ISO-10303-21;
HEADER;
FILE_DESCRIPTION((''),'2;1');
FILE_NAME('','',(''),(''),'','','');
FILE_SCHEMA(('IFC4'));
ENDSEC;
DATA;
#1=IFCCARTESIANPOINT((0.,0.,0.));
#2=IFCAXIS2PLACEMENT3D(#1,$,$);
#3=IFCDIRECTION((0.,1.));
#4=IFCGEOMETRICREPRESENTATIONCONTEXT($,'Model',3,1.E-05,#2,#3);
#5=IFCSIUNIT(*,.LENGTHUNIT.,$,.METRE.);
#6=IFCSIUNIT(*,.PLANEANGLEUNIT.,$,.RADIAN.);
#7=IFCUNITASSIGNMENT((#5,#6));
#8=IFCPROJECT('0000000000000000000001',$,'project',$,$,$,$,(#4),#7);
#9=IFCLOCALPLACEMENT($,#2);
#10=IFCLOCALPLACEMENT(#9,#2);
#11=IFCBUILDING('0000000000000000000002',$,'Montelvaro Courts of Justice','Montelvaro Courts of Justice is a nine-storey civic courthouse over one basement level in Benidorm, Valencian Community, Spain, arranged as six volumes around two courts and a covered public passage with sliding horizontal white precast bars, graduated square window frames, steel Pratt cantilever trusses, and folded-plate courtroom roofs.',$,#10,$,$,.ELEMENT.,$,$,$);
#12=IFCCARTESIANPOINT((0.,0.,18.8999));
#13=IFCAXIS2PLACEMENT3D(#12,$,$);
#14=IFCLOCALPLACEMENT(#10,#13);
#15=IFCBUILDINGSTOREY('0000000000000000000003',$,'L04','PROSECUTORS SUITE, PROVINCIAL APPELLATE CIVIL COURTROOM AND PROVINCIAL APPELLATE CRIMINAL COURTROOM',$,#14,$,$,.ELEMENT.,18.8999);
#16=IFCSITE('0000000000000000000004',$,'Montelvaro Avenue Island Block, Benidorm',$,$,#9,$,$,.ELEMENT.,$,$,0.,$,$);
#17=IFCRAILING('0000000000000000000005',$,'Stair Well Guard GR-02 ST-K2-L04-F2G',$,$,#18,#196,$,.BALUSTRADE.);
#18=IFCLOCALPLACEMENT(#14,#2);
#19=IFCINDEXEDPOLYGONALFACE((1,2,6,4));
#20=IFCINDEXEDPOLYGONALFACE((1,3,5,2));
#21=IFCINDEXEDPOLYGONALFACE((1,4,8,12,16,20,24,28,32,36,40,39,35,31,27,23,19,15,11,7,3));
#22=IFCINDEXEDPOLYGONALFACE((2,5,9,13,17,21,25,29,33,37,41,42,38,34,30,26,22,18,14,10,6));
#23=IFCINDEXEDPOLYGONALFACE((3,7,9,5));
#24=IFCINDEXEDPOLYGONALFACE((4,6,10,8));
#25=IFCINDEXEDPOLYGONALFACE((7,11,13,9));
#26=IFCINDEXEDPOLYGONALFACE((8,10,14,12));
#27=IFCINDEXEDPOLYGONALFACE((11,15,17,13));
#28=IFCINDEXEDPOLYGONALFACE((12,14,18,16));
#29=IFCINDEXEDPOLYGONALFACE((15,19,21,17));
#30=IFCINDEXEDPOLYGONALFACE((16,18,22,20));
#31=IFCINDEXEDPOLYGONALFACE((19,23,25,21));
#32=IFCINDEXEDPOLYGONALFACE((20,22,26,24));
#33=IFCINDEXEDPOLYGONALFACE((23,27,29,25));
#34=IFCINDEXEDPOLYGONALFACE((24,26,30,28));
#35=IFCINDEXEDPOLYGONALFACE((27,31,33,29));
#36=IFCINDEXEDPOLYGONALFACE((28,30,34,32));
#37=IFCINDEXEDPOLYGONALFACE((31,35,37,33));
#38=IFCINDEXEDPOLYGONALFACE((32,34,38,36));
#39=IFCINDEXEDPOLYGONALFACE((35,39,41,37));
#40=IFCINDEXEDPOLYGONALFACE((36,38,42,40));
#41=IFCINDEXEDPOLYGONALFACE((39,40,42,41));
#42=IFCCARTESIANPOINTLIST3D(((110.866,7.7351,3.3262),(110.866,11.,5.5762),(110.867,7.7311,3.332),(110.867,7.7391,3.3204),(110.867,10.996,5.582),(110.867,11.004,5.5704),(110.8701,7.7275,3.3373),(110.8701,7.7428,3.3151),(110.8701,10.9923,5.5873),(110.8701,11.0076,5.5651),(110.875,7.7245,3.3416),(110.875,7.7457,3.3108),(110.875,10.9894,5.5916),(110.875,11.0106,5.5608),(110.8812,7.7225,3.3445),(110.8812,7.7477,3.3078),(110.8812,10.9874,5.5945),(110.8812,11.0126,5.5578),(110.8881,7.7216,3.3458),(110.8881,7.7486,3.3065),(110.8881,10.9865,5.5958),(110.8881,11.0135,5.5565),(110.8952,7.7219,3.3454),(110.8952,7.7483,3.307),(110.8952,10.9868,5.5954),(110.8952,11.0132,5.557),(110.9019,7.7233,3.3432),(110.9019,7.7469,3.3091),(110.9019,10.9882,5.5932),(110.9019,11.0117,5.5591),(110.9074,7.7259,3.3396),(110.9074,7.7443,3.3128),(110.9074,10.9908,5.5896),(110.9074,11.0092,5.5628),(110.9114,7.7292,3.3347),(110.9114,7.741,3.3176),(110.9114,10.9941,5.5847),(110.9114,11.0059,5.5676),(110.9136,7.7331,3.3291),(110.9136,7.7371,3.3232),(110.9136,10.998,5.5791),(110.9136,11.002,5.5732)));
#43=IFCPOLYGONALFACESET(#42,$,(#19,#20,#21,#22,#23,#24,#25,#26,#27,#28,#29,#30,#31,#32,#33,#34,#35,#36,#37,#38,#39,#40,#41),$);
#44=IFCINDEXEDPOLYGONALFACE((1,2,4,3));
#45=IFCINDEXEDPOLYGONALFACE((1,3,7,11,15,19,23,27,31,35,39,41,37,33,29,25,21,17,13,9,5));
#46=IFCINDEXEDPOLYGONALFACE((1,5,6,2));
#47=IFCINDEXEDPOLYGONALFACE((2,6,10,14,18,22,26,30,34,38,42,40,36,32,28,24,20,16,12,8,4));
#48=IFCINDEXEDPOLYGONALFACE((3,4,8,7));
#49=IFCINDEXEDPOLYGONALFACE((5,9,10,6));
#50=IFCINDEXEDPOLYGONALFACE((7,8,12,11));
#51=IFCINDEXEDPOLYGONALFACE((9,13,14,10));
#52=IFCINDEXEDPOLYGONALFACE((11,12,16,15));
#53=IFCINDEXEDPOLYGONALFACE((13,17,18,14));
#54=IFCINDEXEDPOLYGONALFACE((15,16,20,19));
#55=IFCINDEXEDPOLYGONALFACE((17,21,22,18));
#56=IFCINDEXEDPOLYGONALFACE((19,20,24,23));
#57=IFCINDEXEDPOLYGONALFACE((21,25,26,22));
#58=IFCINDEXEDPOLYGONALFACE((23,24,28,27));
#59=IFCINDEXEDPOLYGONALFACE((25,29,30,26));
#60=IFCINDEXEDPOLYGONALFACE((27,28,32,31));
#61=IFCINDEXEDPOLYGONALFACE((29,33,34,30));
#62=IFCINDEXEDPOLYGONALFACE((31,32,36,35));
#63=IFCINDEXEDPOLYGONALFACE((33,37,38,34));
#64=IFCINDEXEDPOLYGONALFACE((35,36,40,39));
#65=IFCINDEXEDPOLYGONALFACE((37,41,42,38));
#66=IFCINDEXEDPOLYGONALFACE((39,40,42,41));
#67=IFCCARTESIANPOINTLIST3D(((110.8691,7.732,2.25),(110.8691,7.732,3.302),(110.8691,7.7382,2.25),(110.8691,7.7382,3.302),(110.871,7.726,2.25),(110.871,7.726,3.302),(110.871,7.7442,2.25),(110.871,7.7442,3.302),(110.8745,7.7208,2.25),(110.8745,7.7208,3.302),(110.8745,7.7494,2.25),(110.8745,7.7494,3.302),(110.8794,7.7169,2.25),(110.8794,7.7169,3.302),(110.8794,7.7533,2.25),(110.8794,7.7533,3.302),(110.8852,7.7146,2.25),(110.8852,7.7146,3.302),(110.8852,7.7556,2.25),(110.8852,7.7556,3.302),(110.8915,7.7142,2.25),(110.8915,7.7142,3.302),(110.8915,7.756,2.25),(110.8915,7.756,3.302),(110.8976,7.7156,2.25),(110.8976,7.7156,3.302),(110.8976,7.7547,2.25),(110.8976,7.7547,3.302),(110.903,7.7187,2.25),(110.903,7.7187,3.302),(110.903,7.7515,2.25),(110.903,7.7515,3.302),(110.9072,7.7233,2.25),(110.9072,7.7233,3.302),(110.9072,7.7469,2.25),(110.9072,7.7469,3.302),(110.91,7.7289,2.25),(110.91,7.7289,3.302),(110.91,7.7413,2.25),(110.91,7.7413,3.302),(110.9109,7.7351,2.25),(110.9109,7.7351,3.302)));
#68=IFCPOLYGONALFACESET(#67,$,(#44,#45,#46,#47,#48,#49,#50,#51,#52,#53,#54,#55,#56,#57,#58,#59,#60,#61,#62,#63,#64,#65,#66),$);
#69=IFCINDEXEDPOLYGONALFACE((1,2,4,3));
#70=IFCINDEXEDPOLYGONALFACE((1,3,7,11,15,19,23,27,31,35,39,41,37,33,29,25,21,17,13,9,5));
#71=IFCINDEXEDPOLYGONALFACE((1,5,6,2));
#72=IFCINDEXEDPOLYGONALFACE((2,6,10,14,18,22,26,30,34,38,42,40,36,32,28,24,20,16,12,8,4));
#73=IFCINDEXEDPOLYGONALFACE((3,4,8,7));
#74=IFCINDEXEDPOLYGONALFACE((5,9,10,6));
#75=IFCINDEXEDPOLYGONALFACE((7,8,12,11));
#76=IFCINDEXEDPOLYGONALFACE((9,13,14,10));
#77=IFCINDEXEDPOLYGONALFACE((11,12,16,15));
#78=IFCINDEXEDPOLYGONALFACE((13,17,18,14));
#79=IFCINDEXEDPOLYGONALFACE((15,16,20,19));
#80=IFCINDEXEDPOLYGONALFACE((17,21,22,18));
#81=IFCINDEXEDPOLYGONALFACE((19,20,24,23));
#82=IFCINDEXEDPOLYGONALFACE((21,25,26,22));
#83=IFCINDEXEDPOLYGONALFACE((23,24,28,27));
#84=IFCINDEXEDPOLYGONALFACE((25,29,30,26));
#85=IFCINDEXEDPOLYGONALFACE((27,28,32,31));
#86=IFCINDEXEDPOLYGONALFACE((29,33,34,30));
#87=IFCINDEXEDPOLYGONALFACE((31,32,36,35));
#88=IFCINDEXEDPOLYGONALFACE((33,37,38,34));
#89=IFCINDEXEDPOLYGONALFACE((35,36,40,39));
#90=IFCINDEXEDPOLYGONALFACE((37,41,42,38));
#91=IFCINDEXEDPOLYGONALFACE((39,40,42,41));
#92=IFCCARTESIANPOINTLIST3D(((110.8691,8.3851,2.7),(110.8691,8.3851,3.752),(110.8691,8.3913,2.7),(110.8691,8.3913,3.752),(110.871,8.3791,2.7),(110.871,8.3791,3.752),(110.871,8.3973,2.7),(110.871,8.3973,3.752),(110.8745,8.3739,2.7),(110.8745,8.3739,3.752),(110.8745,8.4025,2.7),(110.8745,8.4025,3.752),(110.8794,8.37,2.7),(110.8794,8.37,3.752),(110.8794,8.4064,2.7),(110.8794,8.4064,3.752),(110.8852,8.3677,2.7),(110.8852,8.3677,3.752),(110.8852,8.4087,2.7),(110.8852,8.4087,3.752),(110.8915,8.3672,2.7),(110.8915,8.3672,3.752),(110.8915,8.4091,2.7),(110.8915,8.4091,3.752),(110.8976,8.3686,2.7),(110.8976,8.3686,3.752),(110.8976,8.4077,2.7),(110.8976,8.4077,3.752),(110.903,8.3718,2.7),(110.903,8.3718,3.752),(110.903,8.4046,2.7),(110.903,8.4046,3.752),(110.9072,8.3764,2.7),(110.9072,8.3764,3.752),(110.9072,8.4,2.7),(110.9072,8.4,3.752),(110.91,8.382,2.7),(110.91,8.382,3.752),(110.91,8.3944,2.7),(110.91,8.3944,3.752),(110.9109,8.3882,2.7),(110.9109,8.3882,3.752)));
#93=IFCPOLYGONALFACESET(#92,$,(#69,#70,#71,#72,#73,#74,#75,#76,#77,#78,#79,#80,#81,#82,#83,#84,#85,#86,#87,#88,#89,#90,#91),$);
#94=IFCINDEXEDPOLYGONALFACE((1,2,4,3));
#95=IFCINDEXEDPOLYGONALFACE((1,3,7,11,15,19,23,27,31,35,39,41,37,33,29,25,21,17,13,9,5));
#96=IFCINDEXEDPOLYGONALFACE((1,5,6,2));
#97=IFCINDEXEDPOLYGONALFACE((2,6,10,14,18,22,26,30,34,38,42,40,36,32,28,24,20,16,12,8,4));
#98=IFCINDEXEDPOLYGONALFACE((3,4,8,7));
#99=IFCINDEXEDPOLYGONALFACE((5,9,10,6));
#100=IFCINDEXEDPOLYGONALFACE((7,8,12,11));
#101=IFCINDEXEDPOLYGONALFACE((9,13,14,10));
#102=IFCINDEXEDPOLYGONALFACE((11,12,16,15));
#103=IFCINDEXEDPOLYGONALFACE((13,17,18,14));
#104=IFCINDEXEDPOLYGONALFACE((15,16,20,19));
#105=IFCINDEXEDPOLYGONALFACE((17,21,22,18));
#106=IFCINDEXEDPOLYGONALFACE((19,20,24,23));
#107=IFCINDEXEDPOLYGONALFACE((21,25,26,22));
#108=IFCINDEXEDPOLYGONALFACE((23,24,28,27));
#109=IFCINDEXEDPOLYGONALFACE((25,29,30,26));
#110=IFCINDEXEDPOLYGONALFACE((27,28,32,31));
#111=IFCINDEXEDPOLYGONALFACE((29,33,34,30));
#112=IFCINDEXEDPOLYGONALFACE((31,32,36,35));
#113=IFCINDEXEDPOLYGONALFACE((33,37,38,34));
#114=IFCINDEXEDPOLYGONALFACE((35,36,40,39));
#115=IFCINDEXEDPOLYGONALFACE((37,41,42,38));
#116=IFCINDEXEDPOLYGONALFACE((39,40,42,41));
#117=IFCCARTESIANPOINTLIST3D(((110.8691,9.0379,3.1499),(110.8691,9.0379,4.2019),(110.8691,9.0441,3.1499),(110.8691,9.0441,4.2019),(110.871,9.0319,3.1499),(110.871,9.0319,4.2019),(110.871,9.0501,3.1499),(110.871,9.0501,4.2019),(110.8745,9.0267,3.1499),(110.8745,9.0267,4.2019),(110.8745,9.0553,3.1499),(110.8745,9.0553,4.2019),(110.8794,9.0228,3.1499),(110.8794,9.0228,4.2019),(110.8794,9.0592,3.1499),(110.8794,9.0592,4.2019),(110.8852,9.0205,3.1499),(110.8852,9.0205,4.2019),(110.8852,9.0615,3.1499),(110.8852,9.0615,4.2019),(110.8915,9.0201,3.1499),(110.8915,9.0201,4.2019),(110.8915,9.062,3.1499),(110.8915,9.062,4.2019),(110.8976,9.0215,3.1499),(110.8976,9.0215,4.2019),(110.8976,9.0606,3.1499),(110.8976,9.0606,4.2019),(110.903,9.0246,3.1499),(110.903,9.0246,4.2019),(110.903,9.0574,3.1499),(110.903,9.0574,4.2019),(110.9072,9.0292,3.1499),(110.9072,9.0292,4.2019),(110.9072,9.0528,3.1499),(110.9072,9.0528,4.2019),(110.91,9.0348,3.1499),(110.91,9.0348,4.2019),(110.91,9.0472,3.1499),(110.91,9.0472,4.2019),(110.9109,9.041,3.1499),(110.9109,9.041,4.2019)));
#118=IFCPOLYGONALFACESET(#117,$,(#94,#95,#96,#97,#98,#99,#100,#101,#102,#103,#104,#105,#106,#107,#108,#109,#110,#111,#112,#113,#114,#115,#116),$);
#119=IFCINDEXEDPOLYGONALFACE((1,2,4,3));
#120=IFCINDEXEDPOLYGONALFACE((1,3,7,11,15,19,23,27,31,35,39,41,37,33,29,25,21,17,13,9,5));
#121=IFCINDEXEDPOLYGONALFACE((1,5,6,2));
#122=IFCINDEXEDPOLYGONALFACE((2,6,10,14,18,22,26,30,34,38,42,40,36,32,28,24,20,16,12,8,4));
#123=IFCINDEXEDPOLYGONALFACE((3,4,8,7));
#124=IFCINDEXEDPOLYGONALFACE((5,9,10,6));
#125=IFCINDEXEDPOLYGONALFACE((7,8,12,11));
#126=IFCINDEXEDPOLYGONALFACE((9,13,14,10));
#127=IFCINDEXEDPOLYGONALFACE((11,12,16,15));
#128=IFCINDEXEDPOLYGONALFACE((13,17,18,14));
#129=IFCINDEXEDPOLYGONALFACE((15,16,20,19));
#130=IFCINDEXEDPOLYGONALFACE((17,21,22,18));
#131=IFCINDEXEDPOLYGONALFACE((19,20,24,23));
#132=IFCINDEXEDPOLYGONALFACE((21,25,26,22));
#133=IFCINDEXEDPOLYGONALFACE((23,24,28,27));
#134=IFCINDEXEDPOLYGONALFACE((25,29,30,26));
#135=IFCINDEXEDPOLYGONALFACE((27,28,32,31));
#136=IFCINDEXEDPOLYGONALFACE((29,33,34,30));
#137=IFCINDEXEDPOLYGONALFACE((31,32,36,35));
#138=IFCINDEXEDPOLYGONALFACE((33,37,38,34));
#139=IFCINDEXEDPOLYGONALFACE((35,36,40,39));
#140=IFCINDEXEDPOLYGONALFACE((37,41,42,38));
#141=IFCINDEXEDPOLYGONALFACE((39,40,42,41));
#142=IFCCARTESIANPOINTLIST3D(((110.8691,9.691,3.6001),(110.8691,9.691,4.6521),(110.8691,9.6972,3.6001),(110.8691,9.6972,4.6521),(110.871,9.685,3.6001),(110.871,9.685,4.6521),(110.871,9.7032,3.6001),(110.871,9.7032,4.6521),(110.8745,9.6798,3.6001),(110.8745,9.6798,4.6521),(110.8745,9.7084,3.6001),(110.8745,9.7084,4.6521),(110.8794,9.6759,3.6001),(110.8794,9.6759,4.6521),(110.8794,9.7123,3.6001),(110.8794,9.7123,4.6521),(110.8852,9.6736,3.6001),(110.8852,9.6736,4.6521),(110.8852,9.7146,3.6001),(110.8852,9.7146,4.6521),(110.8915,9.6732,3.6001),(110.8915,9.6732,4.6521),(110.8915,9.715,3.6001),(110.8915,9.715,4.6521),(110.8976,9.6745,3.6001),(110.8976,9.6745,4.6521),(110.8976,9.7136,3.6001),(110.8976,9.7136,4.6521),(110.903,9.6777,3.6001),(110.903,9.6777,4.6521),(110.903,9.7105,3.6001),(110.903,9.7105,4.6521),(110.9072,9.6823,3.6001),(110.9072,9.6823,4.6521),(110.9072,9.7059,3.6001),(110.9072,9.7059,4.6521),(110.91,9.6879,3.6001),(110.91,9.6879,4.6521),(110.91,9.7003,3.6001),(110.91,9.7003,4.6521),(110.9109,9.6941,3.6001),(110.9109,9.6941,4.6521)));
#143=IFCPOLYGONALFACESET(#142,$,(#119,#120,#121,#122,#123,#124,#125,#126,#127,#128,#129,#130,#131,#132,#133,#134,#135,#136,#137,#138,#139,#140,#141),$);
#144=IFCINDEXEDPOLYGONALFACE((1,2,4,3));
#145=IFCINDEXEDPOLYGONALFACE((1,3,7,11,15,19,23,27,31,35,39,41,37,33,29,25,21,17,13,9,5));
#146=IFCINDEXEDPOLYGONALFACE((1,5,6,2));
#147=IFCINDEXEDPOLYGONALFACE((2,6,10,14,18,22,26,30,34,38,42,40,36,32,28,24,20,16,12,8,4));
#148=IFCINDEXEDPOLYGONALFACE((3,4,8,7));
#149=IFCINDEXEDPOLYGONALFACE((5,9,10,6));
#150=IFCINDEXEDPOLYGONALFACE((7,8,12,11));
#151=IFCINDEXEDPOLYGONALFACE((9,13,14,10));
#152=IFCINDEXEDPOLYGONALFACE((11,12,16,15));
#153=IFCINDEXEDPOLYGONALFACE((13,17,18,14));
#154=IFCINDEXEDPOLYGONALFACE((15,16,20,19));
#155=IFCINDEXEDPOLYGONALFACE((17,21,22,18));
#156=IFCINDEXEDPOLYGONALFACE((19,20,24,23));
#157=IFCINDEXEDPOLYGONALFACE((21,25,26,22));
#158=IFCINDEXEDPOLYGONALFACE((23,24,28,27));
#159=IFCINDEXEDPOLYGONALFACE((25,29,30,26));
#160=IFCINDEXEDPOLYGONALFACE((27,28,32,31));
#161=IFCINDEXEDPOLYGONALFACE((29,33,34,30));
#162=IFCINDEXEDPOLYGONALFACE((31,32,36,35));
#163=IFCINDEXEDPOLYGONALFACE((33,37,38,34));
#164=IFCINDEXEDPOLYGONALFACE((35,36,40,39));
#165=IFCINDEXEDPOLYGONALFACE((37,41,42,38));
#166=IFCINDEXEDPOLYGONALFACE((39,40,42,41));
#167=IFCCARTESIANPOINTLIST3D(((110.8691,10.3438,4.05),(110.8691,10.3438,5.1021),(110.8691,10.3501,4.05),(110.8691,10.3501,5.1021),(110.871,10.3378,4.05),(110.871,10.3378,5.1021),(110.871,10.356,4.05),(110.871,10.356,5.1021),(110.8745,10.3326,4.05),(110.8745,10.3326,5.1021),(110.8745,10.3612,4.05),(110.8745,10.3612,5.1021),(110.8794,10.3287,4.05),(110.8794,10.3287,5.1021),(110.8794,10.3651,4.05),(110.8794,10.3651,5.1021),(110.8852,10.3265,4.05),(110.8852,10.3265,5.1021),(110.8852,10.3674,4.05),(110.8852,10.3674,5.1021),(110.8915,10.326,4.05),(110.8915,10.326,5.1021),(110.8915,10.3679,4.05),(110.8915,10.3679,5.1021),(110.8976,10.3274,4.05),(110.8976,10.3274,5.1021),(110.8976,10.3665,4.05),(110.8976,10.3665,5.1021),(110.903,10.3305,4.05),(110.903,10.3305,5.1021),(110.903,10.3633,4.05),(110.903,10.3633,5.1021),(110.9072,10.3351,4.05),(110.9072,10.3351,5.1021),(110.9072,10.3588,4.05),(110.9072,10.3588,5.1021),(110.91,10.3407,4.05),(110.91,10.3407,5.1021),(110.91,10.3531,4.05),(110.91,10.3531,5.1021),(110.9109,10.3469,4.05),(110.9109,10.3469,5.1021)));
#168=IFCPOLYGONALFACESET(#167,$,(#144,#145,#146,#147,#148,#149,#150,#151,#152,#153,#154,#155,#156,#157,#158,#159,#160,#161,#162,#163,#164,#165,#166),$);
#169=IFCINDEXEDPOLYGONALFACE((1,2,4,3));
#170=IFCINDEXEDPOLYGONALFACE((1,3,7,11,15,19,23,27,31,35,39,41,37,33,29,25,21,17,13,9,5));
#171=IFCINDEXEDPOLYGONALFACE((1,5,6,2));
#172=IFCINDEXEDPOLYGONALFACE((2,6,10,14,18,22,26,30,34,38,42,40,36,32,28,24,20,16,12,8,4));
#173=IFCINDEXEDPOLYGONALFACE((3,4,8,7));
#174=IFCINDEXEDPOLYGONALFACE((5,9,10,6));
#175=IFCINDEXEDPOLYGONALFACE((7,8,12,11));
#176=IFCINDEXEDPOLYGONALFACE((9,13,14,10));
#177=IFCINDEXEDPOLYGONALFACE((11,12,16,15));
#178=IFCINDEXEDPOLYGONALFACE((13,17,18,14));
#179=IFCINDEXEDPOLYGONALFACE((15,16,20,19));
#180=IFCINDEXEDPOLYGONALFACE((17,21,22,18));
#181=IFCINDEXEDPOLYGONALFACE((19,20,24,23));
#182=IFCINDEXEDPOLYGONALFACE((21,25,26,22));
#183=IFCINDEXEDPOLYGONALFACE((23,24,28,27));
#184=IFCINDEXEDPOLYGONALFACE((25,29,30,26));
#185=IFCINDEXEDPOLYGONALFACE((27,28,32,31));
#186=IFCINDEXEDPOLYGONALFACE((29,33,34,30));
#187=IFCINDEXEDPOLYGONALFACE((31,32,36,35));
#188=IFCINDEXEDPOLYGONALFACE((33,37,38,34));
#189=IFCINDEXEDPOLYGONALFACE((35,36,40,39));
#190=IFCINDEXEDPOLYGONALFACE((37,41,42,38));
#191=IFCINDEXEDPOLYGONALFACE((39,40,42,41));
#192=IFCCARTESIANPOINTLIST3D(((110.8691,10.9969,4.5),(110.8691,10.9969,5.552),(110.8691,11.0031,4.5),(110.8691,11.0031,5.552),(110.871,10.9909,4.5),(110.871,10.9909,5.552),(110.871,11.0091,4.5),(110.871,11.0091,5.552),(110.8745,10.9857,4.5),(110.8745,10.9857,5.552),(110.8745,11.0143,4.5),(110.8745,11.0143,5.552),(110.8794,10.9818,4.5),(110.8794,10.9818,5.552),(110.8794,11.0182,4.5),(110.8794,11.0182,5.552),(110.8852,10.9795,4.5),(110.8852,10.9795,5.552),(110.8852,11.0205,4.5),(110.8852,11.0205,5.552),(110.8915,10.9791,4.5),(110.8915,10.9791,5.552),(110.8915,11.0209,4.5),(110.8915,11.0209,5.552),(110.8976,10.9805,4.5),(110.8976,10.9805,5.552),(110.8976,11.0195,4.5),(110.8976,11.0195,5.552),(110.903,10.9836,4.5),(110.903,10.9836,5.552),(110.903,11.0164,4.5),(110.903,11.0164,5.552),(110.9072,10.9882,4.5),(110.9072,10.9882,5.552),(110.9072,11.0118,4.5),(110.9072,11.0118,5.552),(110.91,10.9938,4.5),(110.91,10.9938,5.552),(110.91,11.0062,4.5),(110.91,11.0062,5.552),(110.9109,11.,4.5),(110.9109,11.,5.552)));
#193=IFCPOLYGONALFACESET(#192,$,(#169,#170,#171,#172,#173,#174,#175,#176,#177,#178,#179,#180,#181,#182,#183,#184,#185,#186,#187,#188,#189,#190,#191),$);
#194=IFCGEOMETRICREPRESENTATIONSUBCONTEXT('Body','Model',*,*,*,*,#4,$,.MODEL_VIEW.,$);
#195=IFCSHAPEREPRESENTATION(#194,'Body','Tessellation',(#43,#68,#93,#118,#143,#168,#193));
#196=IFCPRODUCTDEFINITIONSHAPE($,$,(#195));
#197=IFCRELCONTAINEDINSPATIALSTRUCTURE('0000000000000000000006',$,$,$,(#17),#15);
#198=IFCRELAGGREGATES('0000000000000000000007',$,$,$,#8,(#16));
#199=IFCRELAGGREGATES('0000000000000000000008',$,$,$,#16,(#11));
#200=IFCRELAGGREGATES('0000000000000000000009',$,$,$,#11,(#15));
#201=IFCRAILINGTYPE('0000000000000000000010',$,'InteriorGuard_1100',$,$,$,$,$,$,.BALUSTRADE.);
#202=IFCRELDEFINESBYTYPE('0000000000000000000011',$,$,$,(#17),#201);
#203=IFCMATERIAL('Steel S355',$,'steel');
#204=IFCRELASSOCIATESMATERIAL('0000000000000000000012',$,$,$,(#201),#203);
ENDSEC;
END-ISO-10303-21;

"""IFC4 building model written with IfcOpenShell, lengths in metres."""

from ifc_helpers import new_model, si_unit, direction, frame, origin, origin_2d, place, context, subcontext, project, spatial, circle, extrude, material, type_object, element, save


model = new_model("IFC4")

# Units and contexts
model_context = context("Model", 3, precision=1e-05, world=origin(), true_north=direction((0.0, 1.0)))
body_context = subcontext(model_context, "Body", "Model", "MODEL_VIEW")
ifc_project = project(units=[si_unit("LENGTHUNIT", "METRE"), si_unit("PLANEANGLEUNIT", "RADIAN")], contexts=[model_context])

# Site, building, storey
site_placement = place(None, origin())
site = spatial("IfcSite", under=ifc_project, at=site_placement, Name="Montelvaro Avenue Island Block, Benidorm", CompositionType="ELEMENT", RefElevation=0.0)
building_placement = place(site_placement, origin())
building = spatial("IfcBuilding", under=site, at=building_placement, Name="Montelvaro Courts of Justice", Description="Montelvaro Courts of Justice is a nine-storey civic courthouse over one basement level in Benidorm, Valencian Community, Spain, arranged as six volumes around two courts and a covered public passage with sliding horizontal white precast bars, graduated square window frames, steel Pratt cantilever trusses, and folded-plate courtroom roofs.", CompositionType="ELEMENT")
storey_placement = place(building_placement, frame((0.0, 0.0, 18.8999)))
storey = spatial("IfcBuildingStorey", under=building, at=storey_placement, Name="L04", Description="PROSECUTORS SUITE, PROVINCIAL APPELLATE CIVIL COURTROOM AND PROVINCIAL APPELLATE CRIMINAL COURTROOM", CompositionType="ELEMENT", Elevation=18.8999)

# Shared definitions
ifc_material_1 = material(Name="Steel S355", Category="steel")

# Railing
railing_type_1 = type_object("IfcRailingType", Name="InteriorGuard_1100", PredefinedType="BALUSTRADE", material=ifc_material_1)
railing_1_placement = place(storey_placement, frame((110.8899, 7.7351, 2.25)))
element("IfcRailing", 1, at=railing_1_placement, inside=storey, type_object=railing_type_1, Name="Stair Well Guard GR-02 ST-K2-L04-F2G", PredefinedType="BALUSTRADE", context=body_context, shape_type="SweptSolid", body=[
    extrude(circle(Radius=0.0239, at=origin_2d()), frame((0.0, 0.0, 1.0762), z_axis=(0.0, 0.823407, 0.567451), x_axis=(-1.0, 0.0, 0.0)), (0.0, 0.0, 1.0), 3.9651),
    extrude(circle(Radius=0.021, at=origin_2d()), origin(), (0.0, 0.0, 1.0), 1.052),
    extrude(circle(Radius=0.021, at=origin_2d()), frame((0.0, 0.6531, 0.45)), (0.0, 0.0, 1.0), 1.052),
    extrude(circle(Radius=0.021, at=origin_2d()), frame((0.0, 1.3059, 0.8999)), (0.0, 0.0, 1.0), 1.052),
    extrude(circle(Radius=0.021, at=origin_2d()), frame((0.0, 1.959, 1.3501)), (0.0, 0.0, 1.0), 1.052),
    extrude(circle(Radius=0.021, at=origin_2d()), frame((0.0, 2.6118, 1.8)), (0.0, 0.0, 1.0), 1.052),
    extrude(circle(Radius=0.021, at=origin_2d()), frame((0.0, 3.2649, 2.25)), (0.0, 0.0, 1.0), 1.052),
])

save(model, "model.ifc")
